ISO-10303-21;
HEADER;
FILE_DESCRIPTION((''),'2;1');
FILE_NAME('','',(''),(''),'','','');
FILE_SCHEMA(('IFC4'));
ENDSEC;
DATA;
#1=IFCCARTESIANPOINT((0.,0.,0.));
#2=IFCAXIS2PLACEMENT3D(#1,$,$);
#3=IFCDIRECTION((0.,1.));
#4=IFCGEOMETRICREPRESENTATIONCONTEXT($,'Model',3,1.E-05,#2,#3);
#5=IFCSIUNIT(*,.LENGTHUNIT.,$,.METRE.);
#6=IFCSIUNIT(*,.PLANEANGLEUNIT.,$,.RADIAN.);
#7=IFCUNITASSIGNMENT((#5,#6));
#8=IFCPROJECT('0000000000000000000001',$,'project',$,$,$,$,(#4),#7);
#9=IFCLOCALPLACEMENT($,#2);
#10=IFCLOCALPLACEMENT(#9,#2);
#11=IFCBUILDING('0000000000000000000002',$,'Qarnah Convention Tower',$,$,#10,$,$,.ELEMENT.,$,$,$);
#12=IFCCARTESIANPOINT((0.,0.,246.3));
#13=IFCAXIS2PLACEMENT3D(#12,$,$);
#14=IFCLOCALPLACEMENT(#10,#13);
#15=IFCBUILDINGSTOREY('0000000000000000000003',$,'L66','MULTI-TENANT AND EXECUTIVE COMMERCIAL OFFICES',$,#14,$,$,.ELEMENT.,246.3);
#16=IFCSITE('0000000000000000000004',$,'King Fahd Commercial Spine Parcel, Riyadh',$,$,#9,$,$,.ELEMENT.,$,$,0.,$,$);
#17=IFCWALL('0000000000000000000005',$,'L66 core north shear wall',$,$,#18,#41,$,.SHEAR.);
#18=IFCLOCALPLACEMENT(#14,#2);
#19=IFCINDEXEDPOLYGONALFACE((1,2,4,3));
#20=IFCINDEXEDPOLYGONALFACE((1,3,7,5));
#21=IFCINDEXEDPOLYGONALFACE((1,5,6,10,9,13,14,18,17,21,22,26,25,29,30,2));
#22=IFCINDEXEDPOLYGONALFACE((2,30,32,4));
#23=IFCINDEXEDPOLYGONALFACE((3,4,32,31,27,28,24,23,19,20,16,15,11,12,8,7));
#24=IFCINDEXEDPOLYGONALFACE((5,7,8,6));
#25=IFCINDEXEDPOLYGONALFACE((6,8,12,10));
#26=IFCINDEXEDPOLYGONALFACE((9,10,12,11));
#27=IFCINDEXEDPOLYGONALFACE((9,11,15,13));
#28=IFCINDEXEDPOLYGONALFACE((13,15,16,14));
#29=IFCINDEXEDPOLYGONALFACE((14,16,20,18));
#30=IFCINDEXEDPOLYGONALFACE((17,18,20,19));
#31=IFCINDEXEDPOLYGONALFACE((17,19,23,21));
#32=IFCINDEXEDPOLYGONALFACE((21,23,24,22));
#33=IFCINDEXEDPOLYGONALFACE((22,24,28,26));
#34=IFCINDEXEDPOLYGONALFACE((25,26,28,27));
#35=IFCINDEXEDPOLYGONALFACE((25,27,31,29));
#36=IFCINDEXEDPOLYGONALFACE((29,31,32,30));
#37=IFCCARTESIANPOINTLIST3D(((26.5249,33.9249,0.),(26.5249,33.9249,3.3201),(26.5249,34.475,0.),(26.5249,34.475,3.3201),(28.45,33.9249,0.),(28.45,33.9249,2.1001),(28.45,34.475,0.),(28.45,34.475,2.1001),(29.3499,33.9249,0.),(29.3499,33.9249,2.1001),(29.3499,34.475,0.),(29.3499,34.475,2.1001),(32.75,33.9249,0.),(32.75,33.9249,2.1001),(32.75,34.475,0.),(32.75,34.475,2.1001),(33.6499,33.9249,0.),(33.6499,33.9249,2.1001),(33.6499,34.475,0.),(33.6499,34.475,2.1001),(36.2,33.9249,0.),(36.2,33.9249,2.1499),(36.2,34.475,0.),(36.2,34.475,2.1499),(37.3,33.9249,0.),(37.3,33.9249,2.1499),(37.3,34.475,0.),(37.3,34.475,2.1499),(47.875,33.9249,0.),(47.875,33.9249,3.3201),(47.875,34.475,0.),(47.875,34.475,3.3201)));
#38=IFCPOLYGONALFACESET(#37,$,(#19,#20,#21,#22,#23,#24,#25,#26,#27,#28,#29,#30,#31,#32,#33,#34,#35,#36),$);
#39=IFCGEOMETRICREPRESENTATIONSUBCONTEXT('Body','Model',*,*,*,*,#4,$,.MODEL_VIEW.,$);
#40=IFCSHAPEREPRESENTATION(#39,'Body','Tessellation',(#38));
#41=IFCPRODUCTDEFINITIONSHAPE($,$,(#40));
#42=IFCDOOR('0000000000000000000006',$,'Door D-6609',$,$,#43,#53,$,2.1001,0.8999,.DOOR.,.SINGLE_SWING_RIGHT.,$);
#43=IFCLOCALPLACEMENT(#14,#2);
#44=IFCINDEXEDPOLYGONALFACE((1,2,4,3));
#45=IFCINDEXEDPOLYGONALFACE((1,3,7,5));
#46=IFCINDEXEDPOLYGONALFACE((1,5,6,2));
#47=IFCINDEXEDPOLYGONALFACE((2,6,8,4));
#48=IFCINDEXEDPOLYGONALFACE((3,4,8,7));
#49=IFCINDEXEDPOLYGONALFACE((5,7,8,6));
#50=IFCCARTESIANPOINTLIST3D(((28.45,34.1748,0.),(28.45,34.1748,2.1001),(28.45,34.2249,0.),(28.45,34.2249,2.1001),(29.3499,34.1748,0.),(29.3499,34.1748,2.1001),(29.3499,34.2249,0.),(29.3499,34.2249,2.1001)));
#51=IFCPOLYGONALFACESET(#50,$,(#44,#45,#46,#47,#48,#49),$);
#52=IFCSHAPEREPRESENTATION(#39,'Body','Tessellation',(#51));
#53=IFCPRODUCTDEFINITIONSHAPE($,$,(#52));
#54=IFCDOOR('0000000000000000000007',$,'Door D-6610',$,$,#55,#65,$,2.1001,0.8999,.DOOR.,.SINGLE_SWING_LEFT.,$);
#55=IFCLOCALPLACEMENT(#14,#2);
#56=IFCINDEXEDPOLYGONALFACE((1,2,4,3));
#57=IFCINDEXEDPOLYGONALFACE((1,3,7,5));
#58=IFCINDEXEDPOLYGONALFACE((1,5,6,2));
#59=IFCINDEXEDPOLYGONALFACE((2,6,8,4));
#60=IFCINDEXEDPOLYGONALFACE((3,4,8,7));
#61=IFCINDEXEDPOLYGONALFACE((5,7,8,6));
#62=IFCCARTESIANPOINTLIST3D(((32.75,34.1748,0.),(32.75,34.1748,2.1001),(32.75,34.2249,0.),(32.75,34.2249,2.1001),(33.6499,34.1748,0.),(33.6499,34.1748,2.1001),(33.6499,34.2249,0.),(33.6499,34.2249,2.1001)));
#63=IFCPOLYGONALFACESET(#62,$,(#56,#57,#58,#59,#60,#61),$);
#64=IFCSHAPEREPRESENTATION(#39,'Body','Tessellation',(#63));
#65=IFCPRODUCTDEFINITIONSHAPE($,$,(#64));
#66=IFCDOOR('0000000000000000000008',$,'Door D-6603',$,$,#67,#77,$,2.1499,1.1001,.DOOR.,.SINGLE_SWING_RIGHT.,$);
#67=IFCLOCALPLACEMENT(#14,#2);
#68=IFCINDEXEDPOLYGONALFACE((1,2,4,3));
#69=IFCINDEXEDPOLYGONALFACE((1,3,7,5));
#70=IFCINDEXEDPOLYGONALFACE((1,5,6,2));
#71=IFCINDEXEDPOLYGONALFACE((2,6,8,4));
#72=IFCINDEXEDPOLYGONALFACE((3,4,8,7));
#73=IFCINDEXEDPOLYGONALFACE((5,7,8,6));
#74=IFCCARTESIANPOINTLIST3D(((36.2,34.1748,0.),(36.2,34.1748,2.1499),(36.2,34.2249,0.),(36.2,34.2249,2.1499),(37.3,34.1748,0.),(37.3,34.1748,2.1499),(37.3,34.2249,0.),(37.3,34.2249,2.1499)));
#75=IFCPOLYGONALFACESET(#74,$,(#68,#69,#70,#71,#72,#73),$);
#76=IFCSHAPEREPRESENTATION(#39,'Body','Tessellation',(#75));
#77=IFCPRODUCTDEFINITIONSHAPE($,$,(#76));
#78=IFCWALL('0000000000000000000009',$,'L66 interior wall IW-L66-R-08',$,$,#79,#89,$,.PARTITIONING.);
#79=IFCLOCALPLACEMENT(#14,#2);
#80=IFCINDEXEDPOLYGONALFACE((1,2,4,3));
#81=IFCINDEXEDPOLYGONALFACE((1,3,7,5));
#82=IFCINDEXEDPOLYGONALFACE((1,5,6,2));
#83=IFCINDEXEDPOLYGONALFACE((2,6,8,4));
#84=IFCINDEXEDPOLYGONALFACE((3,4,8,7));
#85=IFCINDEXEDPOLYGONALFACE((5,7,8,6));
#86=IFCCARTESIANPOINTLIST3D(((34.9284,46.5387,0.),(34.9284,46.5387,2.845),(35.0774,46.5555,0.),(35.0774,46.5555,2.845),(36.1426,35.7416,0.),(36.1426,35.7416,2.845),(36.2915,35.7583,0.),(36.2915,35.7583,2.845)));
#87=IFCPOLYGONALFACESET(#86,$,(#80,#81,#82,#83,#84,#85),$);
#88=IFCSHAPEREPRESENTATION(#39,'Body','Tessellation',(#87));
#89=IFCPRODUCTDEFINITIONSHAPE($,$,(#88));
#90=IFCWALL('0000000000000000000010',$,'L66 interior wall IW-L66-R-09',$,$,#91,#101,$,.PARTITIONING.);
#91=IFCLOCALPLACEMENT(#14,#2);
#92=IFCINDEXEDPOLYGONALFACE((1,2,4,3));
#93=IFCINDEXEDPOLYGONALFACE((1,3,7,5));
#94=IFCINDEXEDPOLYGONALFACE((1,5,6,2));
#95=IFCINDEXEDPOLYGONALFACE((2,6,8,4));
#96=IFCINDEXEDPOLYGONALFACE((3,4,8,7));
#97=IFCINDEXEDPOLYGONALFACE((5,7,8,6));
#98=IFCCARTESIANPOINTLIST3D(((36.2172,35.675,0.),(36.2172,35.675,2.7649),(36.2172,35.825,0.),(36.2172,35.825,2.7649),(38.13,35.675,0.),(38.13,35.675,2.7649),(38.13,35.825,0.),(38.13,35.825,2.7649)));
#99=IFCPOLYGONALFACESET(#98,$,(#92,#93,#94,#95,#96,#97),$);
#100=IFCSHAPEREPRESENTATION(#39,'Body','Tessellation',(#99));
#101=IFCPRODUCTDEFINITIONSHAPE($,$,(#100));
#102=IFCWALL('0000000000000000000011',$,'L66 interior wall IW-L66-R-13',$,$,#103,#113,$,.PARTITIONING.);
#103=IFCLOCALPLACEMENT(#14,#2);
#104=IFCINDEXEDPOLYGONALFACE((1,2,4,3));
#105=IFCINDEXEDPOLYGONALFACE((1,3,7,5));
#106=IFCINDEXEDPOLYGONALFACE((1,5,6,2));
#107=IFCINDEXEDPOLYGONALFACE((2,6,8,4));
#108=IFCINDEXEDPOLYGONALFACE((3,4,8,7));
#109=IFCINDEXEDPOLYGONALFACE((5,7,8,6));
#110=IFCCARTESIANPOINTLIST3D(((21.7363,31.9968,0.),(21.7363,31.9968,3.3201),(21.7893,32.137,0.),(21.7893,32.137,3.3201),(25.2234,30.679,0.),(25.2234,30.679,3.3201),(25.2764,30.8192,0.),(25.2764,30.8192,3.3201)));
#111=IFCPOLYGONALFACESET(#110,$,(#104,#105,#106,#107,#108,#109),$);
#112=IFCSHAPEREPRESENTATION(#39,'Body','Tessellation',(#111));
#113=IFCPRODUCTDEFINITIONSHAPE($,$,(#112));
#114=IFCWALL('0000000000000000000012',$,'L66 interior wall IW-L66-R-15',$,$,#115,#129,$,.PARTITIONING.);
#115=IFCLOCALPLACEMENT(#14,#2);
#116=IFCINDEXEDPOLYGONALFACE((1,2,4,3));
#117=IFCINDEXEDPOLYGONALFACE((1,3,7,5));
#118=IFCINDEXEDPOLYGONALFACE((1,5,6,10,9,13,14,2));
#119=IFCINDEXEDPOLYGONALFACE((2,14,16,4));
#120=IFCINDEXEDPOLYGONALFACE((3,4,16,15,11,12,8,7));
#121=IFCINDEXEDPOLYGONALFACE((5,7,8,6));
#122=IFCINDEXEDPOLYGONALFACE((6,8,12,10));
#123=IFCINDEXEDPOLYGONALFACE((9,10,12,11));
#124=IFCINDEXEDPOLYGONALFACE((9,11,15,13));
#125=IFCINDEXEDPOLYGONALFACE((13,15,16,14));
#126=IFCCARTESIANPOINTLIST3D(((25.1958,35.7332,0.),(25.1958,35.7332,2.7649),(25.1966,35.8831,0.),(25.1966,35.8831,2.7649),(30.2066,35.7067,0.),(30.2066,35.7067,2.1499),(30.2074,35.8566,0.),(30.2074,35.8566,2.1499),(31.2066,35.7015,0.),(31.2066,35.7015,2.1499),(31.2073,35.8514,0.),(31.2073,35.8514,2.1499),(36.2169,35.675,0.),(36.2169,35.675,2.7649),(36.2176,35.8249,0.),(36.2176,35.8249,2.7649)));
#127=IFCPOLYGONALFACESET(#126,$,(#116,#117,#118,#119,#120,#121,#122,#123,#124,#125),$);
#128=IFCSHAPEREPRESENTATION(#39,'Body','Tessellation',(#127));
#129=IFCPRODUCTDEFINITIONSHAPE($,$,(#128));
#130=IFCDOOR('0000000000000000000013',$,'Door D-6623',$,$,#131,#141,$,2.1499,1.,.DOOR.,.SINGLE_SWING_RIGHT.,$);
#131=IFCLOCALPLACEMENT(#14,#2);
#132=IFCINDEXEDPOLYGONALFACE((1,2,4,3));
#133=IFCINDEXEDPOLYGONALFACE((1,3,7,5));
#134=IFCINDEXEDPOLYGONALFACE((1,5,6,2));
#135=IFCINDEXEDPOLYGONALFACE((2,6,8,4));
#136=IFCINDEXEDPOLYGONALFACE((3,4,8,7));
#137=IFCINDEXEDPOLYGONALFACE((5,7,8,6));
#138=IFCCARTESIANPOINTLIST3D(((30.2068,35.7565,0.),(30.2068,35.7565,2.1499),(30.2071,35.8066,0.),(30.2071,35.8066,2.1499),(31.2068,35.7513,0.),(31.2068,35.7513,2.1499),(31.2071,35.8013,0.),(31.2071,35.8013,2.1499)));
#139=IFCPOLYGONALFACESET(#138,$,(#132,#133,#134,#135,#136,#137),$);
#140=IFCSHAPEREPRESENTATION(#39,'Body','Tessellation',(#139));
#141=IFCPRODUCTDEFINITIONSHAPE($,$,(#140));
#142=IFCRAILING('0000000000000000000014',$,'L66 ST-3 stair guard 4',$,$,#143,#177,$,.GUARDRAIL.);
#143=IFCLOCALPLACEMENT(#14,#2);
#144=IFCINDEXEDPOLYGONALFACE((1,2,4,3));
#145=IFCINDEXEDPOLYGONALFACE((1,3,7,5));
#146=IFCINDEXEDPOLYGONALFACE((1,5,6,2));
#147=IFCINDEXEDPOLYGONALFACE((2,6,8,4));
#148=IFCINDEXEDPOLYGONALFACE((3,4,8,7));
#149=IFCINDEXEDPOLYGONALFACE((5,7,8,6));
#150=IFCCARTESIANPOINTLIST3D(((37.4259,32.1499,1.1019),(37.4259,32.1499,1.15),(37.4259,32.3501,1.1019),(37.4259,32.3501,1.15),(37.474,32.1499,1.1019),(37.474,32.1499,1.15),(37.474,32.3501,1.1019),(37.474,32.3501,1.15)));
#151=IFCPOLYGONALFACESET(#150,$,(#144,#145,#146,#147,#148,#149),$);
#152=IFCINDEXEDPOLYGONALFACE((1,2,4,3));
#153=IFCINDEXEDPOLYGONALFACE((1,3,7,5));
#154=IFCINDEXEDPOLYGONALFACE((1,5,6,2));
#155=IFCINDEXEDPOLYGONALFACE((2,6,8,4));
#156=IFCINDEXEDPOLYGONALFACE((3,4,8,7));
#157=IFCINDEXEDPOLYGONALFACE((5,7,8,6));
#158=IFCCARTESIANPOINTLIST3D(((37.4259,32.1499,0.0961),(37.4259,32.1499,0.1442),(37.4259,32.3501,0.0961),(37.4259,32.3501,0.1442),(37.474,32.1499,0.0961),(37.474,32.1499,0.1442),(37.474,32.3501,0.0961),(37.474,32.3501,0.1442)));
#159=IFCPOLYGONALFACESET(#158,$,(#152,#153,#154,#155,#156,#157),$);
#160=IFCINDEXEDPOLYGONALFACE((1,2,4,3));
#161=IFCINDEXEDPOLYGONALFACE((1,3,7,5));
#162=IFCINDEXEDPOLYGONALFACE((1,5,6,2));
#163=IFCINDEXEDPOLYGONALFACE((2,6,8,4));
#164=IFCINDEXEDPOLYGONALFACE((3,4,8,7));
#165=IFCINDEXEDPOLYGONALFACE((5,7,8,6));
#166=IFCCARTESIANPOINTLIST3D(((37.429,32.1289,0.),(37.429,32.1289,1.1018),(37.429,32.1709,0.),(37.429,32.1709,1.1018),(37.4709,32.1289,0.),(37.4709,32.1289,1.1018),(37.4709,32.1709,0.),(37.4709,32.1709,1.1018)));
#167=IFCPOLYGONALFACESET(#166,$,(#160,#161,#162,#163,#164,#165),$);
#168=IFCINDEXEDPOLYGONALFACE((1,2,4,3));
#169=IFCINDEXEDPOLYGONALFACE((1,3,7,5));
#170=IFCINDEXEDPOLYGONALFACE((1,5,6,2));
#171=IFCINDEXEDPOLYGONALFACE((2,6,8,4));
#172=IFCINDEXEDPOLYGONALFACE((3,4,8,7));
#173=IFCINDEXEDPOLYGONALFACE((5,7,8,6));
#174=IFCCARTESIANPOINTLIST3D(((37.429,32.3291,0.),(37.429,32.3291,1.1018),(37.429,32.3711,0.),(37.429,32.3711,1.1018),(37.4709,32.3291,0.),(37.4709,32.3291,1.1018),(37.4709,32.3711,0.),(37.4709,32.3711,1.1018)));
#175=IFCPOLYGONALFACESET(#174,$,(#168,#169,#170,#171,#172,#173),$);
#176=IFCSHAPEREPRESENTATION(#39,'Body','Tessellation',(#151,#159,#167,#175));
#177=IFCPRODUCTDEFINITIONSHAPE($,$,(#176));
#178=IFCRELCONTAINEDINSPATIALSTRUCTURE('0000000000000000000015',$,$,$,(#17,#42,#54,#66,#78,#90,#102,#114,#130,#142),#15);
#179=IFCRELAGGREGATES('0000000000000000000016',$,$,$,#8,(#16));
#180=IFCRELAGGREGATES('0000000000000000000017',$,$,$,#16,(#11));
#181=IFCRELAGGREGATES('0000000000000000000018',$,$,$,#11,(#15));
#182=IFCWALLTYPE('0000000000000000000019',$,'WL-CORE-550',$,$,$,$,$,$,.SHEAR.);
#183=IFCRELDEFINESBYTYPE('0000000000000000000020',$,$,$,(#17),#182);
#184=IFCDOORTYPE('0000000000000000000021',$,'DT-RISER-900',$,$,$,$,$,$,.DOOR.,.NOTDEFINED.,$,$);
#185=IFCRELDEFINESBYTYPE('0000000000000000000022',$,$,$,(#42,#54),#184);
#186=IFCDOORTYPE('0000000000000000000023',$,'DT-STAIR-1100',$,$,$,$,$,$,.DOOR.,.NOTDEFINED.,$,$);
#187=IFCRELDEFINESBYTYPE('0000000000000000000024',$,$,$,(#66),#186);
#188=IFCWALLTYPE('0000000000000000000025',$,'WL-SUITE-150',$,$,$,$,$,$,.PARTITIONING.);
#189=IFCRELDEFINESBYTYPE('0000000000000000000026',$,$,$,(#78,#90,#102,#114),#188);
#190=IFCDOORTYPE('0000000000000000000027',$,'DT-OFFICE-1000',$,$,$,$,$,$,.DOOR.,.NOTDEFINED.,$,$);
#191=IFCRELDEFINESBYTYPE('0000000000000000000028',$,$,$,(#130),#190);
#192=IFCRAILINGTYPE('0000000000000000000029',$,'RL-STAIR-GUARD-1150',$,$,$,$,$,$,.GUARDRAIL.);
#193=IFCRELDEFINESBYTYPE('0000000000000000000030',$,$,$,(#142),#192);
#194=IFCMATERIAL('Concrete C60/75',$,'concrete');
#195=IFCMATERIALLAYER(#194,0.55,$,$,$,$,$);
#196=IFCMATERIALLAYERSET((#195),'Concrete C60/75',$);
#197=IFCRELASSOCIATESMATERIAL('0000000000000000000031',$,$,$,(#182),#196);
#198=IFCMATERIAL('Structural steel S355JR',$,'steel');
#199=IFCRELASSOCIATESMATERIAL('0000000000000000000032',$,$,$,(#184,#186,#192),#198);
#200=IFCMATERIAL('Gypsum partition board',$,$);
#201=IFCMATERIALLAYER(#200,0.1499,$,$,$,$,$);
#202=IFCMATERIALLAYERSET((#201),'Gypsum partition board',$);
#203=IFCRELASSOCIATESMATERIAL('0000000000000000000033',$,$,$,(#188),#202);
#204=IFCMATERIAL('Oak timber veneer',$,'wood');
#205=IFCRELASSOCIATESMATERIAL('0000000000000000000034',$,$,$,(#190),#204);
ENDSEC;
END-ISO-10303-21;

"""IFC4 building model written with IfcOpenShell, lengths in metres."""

from ifc_helpers import new_model, si_unit, direction, frame, frame_2d, origin, origin_2d, place, context, subcontext, project, spatial, rectangle, extrude, material, layer, layer_set, type_object, element, fill, save


model = new_model("IFC4")

# Units and contexts
model_context = context("Model", 3, precision=1e-05, world=origin(), true_north=direction((0.0, 1.0)))
body_context = subcontext(model_context, "Body", "Model", "MODEL_VIEW")
ifc_project = project(units=[si_unit("LENGTHUNIT", "METRE"), si_unit("PLANEANGLEUNIT", "RADIAN")], contexts=[model_context])

# Site, building, storey
site_placement = place(None, origin())
site = spatial("IfcSite", under=ifc_project, at=site_placement, Name="King Fahd Commercial Spine Parcel, Riyadh", CompositionType="ELEMENT", RefElevation=0.0)
building_placement = place(site_placement, origin())
building = spatial("IfcBuilding", under=site, at=building_placement, Name="Qarnah Convention Tower", CompositionType="ELEMENT")
storey_placement = place(building_placement, frame((0.0, 0.0, 246.3)))
storey = spatial("IfcBuildingStorey", under=building, at=storey_placement, Name="L66", Description="MULTI-TENANT AND EXECUTIVE COMMERCIAL OFFICES", CompositionType="ELEMENT", Elevation=246.3)

# Shared definitions
ifc_material_1 = material(Name="Structural steel S355JR", Category="steel")

# Wall, openings, doors
ifc_material_2 = material(Name="Concrete C60/75", Category="concrete")
ifc_layer_1 = layer(ifc_material_2, 0.55)
ifc_layer_set_1 = layer_set([ifc_layer_1], Name="Concrete C60/75")
wall_type_1 = type_object("IfcWallType", Name="WL-CORE-550", PredefinedType="SHEAR", material=ifc_layer_set_1)
wall_1_placement = place(storey_placement, frame((26.5249, 34.2, 0.0), z_axis=(0.0, 0.0, 1.0), x_axis=(1.0, 0.0, 0.0)))
wall_1 = element("IfcWall", 1, at=wall_1_placement, inside=storey, type_object=wall_type_1, Name="L66 core north shear wall", PredefinedType="SHEAR", context=body_context, shape_type="SweptSolid", body=[
    extrude(rectangle(XDim=21.3501, YDim=0.55, at=frame_2d((10.675, 0.0))), origin(), (0.0, 0.0, 1.0), 3.3201),
])
opening_1_placement = place(wall_1_placement, frame((9.675, 0.0, 0.0)))
opening_1 = element("IfcOpeningElement", 2, at=opening_1_placement, cuts=wall_1, PredefinedType="OPENING", context=body_context, shape_type="SweptSolid", body=[
    extrude(rectangle(XDim=1.1001, YDim=2.1499, at=frame_2d((0.55, 1.075))), frame((0.0, 0.2849, 0.0), z_axis=(0.0, -1.0, 0.0), x_axis=(1.0, 0.0, 0.0)), (0.0, 0.0, 1.0), 0.5701),
])
opening_2_placement = place(wall_1_placement, frame((1.925, 0.0, 0.0)))
opening_2 = element("IfcOpeningElement", 3, at=opening_2_placement, cuts=wall_1, PredefinedType="OPENING", context=body_context, shape_type="SweptSolid", body=[
    extrude(rectangle(XDim=0.8999, YDim=2.1001, at=frame_2d((0.45, 1.05))), frame((0.0, 0.2849, 0.0), z_axis=(0.0, -1.0, 0.0), x_axis=(1.0, 0.0, 0.0)), (0.0, 0.0, 1.0), 0.5701),
])
opening_3_placement = place(wall_1_placement, frame((6.2251, 0.0, 0.0)))
opening_3 = element("IfcOpeningElement", 4, at=opening_3_placement, cuts=wall_1, PredefinedType="OPENING", context=body_context, shape_type="SweptSolid", body=[
    extrude(rectangle(XDim=0.8999, YDim=2.1001, at=frame_2d((0.45, 1.05))), frame((0.0, 0.2849, 0.0), z_axis=(0.0, -1.0, 0.0), x_axis=(1.0, 0.0, 0.0)), (0.0, 0.0, 1.0), 0.5701),
])
door_type_1 = type_object("IfcDoorType", Name="DT-RISER-900", OperationType="NOTDEFINED", PredefinedType="DOOR", material=ifc_material_1)
door_1_placement = place(opening_2_placement, origin())
door_1 = element("IfcDoor", 5, at=door_1_placement, inside=storey, type_object=door_type_1, Name="Door D-6609", OperationType="SINGLE_SWING_RIGHT", OverallHeight=2.1001, OverallWidth=0.8999, PredefinedType="DOOR", context=body_context, shape_type="SweptSolid", body=[
    extrude(rectangle(XDim=0.8999, YDim=2.1001, at=frame_2d((0.45, 1.05))), frame((0.0, 0.0249, 0.0), z_axis=(0.0, -1.0, 0.0), x_axis=(1.0, 0.0, 0.0)), (0.0, 0.0, 1.0), 0.05),
])
fill(opening_2, door_1)
door_2_placement = place(opening_3_placement, origin())
door_2 = element("IfcDoor", 6, at=door_2_placement, inside=storey, type_object=door_type_1, Name="Door D-6610", OperationType="SINGLE_SWING_LEFT", OverallHeight=2.1001, OverallWidth=0.8999, PredefinedType="DOOR", context=body_context, shape_type="SweptSolid", body=[
    extrude(rectangle(XDim=0.8999, YDim=2.1001, at=frame_2d((0.45, 1.05))), frame((0.0, 0.0249, 0.0), z_axis=(0.0, -1.0, 0.0), x_axis=(1.0, 0.0, 0.0)), (0.0, 0.0, 1.0), 0.05),
])
fill(opening_3, door_2)
door_type_2 = type_object("IfcDoorType", Name="DT-STAIR-1100", OperationType="NOTDEFINED", PredefinedType="DOOR", material=ifc_material_1)
door_3_placement = place(opening_1_placement, origin())
door_3 = element("IfcDoor", 7, at=door_3_placement, inside=storey, type_object=door_type_2, Name="Door D-6603", OperationType="SINGLE_SWING_RIGHT", OverallHeight=2.1499, OverallWidth=1.1001, PredefinedType="DOOR", context=body_context, shape_type="SweptSolid", body=[
    extrude(rectangle(XDim=1.1001, YDim=2.1499, at=frame_2d((0.55, 1.075))), frame((0.0, 0.0249, 0.0), z_axis=(0.0, -1.0, 0.0), x_axis=(1.0, 0.0, 0.0)), (0.0, 0.0, 1.0), 0.05),
])
fill(opening_1, door_3)

# Walls
ifc_material_3 = material(Name="Gypsum partition board")
ifc_layer_2 = layer(ifc_material_3, 0.1499)
ifc_layer_set_2 = layer_set([ifc_layer_2], Name="Gypsum partition board")
wall_type_2 = type_object("IfcWallType", Name="WL-SUITE-150", PredefinedType="PARTITIONING", material=ifc_layer_set_2)
wall_2_placement = place(storey_placement, frame((35.0029, 46.5471, 0.0), z_axis=(0.0, 0.0, 1.0), x_axis=(0.111743, -0.993737, 0.0)))
element("IfcWall", 8, at=wall_2_placement, inside=storey, type_object=wall_type_2, Name="L66 interior wall IW-L66-R-08", PredefinedType="PARTITIONING", context=body_context, shape_type="SweptSolid", body=[
    extrude(rectangle(XDim=10.8652, YDim=0.1499, at=frame_2d((5.4326, 0.0))), origin(), (0.0, 0.0, 1.0), 2.845),
])
wall_3_placement = place(storey_placement, frame((36.217, 35.75, 0.0), z_axis=(0.0, 0.0, 1.0), x_axis=(1.0, 0.0, 0.0)))
element("IfcWall", 9, at=wall_3_placement, inside=storey, type_object=wall_type_2, Name="L66 interior wall IW-L66-R-09", PredefinedType="PARTITIONING", context=body_context, shape_type="SweptSolid", body=[
    extrude(rectangle(XDim=1.9128, YDim=0.1499, at=frame_2d((0.9565, 0.0))), origin(), (0.0, 0.0, 1.0), 2.7649),
])
wall_4_placement = place(storey_placement, frame((21.7629, 32.0669, 0.0), z_axis=(0.0, 0.0, 1.0), x_axis=(0.935424, -0.353527, 0.0)))
element("IfcWall", 10, at=wall_4_placement, inside=storey, type_object=wall_type_2, Name="L66 interior wall IW-L66-R-13", PredefinedType="PARTITIONING", context=body_context, shape_type="SweptSolid", body=[
    extrude(rectangle(XDim=3.7278, YDim=0.1499, at=frame_2d((1.8638, 0.0))), origin(), (0.0, 0.0, 1.0), 3.3201),
])

# Wall, opening, door
wall_5_placement = place(storey_placement, frame((25.196, 35.8081, 0.0), z_axis=(0.0, 0.0, 1.0), x_axis=(0.999986, -0.005272, 0.0)))
wall_5 = element("IfcWall", 11, at=wall_5_placement, inside=storey, type_object=wall_type_2, Name="L66 interior wall IW-L66-R-15", PredefinedType="PARTITIONING", context=body_context, shape_type="SweptSolid", body=[
    extrude(rectangle(XDim=11.0212, YDim=0.1499, at=frame_2d((5.5107, 0.0))), origin(), (0.0, 0.0, 1.0), 2.7649),
])
opening_4_placement = place(wall_5_placement, frame((5.011, 0.0, 0.0)))
opening_4 = element("IfcOpeningElement", 12, at=opening_4_placement, cuts=wall_5, PredefinedType="OPENING", context=body_context, shape_type="SweptSolid", body=[
    extrude(rectangle(XDim=1.0, YDim=2.1499, at=frame_2d((0.5, 1.075))), frame((0.0, 0.085, 0.0), z_axis=(0.0, -1.0, 0.0), x_axis=(1.0, 0.0, 0.0)), (0.0, 0.0, 1.0), 0.1699),
])
ifc_material_4 = material(Name="Oak timber veneer", Category="wood")
door_type_3 = type_object("IfcDoorType", Name="DT-OFFICE-1000", OperationType="NOTDEFINED", PredefinedType="DOOR", material=ifc_material_4)
door_4_placement = place(opening_4_placement, origin())
door_4 = element("IfcDoor", 13, at=door_4_placement, inside=storey, type_object=door_type_3, Name="Door D-6623", OperationType="SINGLE_SWING_RIGHT", OverallHeight=2.1499, OverallWidth=1.0, PredefinedType="DOOR", context=body_context, shape_type="SweptSolid", body=[
    extrude(rectangle(XDim=1.0, YDim=2.1499, at=frame_2d((0.5, 1.075))), frame((0.0, 0.0249, 0.0), z_axis=(0.0, -1.0, 0.0), x_axis=(1.0, 0.0, 0.0)), (0.0, 0.0, 1.0), 0.05),
])
fill(opening_4, door_4)

# Railing
railing_type = type_object("IfcRailingType", Name="RL-STAIR-GUARD-1150", PredefinedType="GUARDRAIL", material=ifc_material_1)
railing_placement = place(storey_placement, frame((37.45, 32.1499, 0.0)))
element("IfcRailing", 14, at=railing_placement, inside=storey, type_object=railing_type, Name="L66 ST-3 stair guard 4", PredefinedType="GUARDRAIL", context=body_context, shape_type="SweptSolid", body=[
    extrude(rectangle(XDim=0.0481, YDim=0.0481, at=origin_2d()), frame((0.0, 0.0, 1.126), z_axis=(0.0, 1.0, 0.0), x_axis=(-1.0, 0.0, 0.0)), (0.0, 0.0, 1.0), 0.2002),
    extrude(rectangle(XDim=0.0481, YDim=0.0481, at=origin_2d()), frame((0.0, 0.0, 0.1201), z_axis=(0.0, 1.0, 0.0), x_axis=(-1.0, 0.0, 0.0)), (0.0, 0.0, 1.0), 0.2002),
    extrude(rectangle(XDim=0.042, YDim=0.042, at=origin_2d()), origin(), (0.0, 0.0, 1.0), 1.1018),
    extrude(rectangle(XDim=0.042, YDim=0.042, at=origin_2d()), frame((0.0, 0.2002, 0.0)), (0.0, 0.0, 1.0), 1.1018),
])

save(model, "model.ifc")
